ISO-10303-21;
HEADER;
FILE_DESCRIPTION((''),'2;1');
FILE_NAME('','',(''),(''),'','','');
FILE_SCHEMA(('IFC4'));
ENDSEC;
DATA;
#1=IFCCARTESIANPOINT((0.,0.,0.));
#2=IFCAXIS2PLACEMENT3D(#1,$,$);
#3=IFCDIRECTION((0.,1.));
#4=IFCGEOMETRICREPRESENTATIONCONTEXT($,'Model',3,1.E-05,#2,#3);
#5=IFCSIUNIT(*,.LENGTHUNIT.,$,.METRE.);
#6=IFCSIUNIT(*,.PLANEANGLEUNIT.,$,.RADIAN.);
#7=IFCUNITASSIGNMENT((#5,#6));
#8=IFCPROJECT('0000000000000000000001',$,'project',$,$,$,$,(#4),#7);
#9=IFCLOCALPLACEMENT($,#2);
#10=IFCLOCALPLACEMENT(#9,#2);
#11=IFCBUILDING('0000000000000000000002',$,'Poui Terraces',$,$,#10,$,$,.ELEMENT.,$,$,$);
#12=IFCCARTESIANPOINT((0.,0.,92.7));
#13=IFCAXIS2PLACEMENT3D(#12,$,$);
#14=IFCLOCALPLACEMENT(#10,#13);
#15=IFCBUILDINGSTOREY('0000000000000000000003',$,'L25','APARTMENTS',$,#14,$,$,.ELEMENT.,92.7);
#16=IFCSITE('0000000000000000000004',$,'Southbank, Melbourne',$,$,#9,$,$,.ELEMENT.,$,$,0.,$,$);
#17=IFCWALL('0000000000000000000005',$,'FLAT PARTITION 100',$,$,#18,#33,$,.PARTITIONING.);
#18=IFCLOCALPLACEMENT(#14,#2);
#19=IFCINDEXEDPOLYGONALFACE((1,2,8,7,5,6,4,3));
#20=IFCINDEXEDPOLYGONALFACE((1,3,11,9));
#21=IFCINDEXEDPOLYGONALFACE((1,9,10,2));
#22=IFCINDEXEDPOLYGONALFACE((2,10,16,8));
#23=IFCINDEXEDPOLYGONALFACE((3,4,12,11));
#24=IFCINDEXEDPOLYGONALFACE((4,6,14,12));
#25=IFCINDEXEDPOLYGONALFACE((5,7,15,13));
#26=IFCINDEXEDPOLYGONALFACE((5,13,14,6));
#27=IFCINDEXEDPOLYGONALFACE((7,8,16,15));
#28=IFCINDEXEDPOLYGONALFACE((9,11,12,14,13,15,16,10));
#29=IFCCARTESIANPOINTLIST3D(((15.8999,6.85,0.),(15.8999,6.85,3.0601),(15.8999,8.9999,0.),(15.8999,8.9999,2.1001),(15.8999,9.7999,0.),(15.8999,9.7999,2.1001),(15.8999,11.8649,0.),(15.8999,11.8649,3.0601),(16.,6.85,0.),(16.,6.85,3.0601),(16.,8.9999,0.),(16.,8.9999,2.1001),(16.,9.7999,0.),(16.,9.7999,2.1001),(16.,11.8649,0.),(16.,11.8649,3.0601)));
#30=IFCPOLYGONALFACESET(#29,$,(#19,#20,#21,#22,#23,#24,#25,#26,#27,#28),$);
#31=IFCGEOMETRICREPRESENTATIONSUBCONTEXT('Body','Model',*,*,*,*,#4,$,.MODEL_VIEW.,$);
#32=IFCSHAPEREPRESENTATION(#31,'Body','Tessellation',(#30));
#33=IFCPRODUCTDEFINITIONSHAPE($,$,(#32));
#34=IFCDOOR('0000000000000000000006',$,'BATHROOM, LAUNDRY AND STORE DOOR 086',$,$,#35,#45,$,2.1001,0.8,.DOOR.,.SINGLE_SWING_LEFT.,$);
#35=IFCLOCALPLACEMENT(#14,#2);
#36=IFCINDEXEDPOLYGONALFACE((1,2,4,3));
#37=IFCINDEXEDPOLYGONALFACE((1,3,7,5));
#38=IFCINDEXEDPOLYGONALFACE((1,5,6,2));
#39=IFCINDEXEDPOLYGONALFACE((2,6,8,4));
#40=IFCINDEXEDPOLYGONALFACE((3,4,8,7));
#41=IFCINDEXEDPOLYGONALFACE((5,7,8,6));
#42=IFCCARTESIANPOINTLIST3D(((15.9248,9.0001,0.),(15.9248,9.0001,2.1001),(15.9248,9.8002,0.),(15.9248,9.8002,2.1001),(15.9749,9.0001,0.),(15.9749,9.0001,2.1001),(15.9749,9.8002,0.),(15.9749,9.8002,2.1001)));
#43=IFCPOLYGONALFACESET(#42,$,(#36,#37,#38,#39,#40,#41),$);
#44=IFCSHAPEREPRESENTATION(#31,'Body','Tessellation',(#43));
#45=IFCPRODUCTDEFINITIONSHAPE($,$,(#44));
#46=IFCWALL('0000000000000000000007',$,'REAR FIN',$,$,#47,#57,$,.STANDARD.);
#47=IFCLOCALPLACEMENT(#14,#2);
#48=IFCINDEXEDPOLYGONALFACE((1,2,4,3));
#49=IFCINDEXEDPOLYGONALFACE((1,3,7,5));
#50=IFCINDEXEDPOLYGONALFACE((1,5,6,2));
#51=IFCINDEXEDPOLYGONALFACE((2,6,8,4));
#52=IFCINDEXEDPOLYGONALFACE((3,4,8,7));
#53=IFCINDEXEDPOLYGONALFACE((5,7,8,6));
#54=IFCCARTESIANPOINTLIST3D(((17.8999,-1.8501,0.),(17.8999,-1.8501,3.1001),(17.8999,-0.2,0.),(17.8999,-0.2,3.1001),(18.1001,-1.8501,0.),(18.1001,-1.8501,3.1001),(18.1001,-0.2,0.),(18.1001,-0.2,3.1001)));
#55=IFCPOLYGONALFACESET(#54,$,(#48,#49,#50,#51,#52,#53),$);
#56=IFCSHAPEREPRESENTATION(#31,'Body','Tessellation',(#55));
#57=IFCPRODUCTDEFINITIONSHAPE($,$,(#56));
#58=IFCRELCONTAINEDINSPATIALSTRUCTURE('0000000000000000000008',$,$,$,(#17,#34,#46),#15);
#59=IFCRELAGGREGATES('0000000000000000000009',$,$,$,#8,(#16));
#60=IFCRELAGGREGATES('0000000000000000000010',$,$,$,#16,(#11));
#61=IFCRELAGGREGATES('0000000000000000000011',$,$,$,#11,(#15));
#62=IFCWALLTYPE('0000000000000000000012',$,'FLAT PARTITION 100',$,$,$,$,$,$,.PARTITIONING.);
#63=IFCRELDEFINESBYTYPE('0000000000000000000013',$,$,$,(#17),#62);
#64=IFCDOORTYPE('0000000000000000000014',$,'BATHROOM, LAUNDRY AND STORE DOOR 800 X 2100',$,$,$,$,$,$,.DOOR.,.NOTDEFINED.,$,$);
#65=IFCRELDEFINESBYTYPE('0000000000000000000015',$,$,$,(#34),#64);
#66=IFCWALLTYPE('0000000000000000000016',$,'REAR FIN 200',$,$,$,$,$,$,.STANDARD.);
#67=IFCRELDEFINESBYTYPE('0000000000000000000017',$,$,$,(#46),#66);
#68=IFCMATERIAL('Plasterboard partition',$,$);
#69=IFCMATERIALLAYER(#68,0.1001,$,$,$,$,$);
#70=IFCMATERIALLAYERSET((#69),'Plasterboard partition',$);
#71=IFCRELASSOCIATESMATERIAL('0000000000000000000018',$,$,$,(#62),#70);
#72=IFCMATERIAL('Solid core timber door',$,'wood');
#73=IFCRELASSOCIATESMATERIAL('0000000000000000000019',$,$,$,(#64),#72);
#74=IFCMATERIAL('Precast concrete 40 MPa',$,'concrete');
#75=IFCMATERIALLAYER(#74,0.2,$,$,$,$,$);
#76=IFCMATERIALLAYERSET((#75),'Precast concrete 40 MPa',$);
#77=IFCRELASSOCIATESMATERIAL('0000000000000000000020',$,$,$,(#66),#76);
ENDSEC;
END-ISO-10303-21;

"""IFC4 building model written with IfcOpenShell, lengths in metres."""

from ifc_helpers import new_model, si_unit, direction, frame, frame_2d, origin, place, context, subcontext, project, spatial, polyline, rectangle, outline, extrude, source, transform, mapped, material, layer, layer_set, type_object, element, fill, save


model = new_model("IFC4")

# Units and contexts
model_context = context("Model", 3, precision=1e-05, world=origin(), true_north=direction((0.0, 1.0)))
body_context = subcontext(model_context, "Body", "Model", "MODEL_VIEW")
ifc_project = project(units=[si_unit("LENGTHUNIT", "METRE"), si_unit("PLANEANGLEUNIT", "RADIAN")], contexts=[model_context])

# Site, building, storey
site_placement = place(None, origin())
site = spatial("IfcSite", under=ifc_project, at=site_placement, Name="Southbank, Melbourne", CompositionType="ELEMENT", RefElevation=0.0)
building_placement = place(site_placement, origin())
building = spatial("IfcBuilding", under=site, at=building_placement, Name="Poui Terraces", CompositionType="ELEMENT")
storey_placement = place(building_placement, frame((0.0, 0.0, 92.7)))
storey = spatial("IfcBuildingStorey", under=building, at=storey_placement, Name="L25", Description="APARTMENTS", CompositionType="ELEMENT", Elevation=92.7)

# Shared definitions
ifc_material_1 = material(Name="Precast concrete 40 MPa", Category="concrete")

# Shared definitions
ifc_material_2 = material(Name="Plasterboard partition")
ifc_layer_1 = layer(ifc_material_2, 0.1001)
ifc_layer_set_1 = layer_set([ifc_layer_1], Name="Plasterboard partition")
wall_type_1 = type_object("IfcWallType", Name="FLAT PARTITION 100", PredefinedType="PARTITIONING", material=ifc_layer_set_1)

# Wall, opening, door
ifc_material_3 = material(Name="Solid core timber door", Category="wood")
wall_1_placement = place(storey_placement, frame((15.95, 6.8501, 0.0), z_axis=(0.0, 0.0, 1.0), x_axis=(0.0, 1.0, 0.0)))
wall_1 = element("IfcWall", 1, at=wall_1_placement, inside=storey, type_object=wall_type_1, Name="FLAT PARTITION 100", PredefinedType="PARTITIONING", context=body_context, shape_type="SweptSolid", body=[
    extrude(rectangle(XDim=5.0149, YDim=0.1001, at=frame_2d((2.5073, 0.0))), origin(), (0.0, 0.0, 1.0), 3.0601),
])
opening_1_placement = place(wall_1_placement, frame((2.1499, 0.0, 0.0)))
opening_1 = element("IfcOpeningElement", 2, at=opening_1_placement, cuts=wall_1, PredefinedType="OPENING", context=body_context, shape_type="SweptSolid", body=[
    extrude(rectangle(XDim=0.8, YDim=2.1001, at=frame_2d((0.3999, 1.05))), frame((0.0, 0.0601, 0.0), z_axis=(0.0, -1.0, 0.0), x_axis=(1.0, 0.0, 0.0)), (0.0, 0.0, 1.0), 0.1201),
])
door_type_1 = type_object("IfcDoorType", Name="BATHROOM, LAUNDRY AND STORE DOOR 800 X 2100", OperationType="NOTDEFINED", PredefinedType="DOOR", material=ifc_material_3)
door_1_placement = place(opening_1_placement, frame((0.8, 0.0, 0.0), z_axis=(0.0, 0.0, 1.0), x_axis=(-1.0, 0.0, 0.0)))
door_1 = element("IfcDoor", 3, at=door_1_placement, inside=storey, type_object=door_type_1, Name="BATHROOM, LAUNDRY AND STORE DOOR 086", OperationType="SINGLE_SWING_LEFT", OverallHeight=2.1001, OverallWidth=0.8, PredefinedType="DOOR", context=body_context, shape_type="SweptSolid", body=[
    extrude(rectangle(XDim=0.8, YDim=2.1001, at=frame_2d((0.3999, 1.05))), frame((0.0, 0.0249, 0.0), z_axis=(0.0, -1.0, 0.0), x_axis=(1.0, 0.0, 0.0)), (0.0, 0.0, 1.0), 0.05),
])
fill(opening_1, door_1)

# Wall
ifc_layer_2 = layer(ifc_material_1, 0.2)
ifc_layer_set_2 = layer_set([ifc_layer_2], Name="Precast concrete 40 MPa")
wall_type_2 = type_object("IfcWallType", Name="REAR FIN 200", PredefinedType="STANDARD", material=ifc_layer_set_2)
shared_shape_1 = source(origin(), body_context, "Body", "SweptSolid", [
    extrude(outline(polyline([(0.0, 0.0), (0.2002, 0.0), (0.2002, 1.6501), (0.0, 1.6501), (0.0, 0.0)])), origin(), (0.0, 0.0, 1.0), 3.1001),
])
wall_2_placement = place(storey_placement, frame((17.8999, -1.8501, 0.0)))
element("IfcWall", 4, at=wall_2_placement, inside=storey, type_object=wall_type_2, Name="REAR FIN", PredefinedType="STANDARD", context=body_context, shape_type="MappedRepresentation", body=[
    mapped(shared_shape_1, transform((0.0, 0.0, 0.0))),
])

save(model, "model.ifc")
